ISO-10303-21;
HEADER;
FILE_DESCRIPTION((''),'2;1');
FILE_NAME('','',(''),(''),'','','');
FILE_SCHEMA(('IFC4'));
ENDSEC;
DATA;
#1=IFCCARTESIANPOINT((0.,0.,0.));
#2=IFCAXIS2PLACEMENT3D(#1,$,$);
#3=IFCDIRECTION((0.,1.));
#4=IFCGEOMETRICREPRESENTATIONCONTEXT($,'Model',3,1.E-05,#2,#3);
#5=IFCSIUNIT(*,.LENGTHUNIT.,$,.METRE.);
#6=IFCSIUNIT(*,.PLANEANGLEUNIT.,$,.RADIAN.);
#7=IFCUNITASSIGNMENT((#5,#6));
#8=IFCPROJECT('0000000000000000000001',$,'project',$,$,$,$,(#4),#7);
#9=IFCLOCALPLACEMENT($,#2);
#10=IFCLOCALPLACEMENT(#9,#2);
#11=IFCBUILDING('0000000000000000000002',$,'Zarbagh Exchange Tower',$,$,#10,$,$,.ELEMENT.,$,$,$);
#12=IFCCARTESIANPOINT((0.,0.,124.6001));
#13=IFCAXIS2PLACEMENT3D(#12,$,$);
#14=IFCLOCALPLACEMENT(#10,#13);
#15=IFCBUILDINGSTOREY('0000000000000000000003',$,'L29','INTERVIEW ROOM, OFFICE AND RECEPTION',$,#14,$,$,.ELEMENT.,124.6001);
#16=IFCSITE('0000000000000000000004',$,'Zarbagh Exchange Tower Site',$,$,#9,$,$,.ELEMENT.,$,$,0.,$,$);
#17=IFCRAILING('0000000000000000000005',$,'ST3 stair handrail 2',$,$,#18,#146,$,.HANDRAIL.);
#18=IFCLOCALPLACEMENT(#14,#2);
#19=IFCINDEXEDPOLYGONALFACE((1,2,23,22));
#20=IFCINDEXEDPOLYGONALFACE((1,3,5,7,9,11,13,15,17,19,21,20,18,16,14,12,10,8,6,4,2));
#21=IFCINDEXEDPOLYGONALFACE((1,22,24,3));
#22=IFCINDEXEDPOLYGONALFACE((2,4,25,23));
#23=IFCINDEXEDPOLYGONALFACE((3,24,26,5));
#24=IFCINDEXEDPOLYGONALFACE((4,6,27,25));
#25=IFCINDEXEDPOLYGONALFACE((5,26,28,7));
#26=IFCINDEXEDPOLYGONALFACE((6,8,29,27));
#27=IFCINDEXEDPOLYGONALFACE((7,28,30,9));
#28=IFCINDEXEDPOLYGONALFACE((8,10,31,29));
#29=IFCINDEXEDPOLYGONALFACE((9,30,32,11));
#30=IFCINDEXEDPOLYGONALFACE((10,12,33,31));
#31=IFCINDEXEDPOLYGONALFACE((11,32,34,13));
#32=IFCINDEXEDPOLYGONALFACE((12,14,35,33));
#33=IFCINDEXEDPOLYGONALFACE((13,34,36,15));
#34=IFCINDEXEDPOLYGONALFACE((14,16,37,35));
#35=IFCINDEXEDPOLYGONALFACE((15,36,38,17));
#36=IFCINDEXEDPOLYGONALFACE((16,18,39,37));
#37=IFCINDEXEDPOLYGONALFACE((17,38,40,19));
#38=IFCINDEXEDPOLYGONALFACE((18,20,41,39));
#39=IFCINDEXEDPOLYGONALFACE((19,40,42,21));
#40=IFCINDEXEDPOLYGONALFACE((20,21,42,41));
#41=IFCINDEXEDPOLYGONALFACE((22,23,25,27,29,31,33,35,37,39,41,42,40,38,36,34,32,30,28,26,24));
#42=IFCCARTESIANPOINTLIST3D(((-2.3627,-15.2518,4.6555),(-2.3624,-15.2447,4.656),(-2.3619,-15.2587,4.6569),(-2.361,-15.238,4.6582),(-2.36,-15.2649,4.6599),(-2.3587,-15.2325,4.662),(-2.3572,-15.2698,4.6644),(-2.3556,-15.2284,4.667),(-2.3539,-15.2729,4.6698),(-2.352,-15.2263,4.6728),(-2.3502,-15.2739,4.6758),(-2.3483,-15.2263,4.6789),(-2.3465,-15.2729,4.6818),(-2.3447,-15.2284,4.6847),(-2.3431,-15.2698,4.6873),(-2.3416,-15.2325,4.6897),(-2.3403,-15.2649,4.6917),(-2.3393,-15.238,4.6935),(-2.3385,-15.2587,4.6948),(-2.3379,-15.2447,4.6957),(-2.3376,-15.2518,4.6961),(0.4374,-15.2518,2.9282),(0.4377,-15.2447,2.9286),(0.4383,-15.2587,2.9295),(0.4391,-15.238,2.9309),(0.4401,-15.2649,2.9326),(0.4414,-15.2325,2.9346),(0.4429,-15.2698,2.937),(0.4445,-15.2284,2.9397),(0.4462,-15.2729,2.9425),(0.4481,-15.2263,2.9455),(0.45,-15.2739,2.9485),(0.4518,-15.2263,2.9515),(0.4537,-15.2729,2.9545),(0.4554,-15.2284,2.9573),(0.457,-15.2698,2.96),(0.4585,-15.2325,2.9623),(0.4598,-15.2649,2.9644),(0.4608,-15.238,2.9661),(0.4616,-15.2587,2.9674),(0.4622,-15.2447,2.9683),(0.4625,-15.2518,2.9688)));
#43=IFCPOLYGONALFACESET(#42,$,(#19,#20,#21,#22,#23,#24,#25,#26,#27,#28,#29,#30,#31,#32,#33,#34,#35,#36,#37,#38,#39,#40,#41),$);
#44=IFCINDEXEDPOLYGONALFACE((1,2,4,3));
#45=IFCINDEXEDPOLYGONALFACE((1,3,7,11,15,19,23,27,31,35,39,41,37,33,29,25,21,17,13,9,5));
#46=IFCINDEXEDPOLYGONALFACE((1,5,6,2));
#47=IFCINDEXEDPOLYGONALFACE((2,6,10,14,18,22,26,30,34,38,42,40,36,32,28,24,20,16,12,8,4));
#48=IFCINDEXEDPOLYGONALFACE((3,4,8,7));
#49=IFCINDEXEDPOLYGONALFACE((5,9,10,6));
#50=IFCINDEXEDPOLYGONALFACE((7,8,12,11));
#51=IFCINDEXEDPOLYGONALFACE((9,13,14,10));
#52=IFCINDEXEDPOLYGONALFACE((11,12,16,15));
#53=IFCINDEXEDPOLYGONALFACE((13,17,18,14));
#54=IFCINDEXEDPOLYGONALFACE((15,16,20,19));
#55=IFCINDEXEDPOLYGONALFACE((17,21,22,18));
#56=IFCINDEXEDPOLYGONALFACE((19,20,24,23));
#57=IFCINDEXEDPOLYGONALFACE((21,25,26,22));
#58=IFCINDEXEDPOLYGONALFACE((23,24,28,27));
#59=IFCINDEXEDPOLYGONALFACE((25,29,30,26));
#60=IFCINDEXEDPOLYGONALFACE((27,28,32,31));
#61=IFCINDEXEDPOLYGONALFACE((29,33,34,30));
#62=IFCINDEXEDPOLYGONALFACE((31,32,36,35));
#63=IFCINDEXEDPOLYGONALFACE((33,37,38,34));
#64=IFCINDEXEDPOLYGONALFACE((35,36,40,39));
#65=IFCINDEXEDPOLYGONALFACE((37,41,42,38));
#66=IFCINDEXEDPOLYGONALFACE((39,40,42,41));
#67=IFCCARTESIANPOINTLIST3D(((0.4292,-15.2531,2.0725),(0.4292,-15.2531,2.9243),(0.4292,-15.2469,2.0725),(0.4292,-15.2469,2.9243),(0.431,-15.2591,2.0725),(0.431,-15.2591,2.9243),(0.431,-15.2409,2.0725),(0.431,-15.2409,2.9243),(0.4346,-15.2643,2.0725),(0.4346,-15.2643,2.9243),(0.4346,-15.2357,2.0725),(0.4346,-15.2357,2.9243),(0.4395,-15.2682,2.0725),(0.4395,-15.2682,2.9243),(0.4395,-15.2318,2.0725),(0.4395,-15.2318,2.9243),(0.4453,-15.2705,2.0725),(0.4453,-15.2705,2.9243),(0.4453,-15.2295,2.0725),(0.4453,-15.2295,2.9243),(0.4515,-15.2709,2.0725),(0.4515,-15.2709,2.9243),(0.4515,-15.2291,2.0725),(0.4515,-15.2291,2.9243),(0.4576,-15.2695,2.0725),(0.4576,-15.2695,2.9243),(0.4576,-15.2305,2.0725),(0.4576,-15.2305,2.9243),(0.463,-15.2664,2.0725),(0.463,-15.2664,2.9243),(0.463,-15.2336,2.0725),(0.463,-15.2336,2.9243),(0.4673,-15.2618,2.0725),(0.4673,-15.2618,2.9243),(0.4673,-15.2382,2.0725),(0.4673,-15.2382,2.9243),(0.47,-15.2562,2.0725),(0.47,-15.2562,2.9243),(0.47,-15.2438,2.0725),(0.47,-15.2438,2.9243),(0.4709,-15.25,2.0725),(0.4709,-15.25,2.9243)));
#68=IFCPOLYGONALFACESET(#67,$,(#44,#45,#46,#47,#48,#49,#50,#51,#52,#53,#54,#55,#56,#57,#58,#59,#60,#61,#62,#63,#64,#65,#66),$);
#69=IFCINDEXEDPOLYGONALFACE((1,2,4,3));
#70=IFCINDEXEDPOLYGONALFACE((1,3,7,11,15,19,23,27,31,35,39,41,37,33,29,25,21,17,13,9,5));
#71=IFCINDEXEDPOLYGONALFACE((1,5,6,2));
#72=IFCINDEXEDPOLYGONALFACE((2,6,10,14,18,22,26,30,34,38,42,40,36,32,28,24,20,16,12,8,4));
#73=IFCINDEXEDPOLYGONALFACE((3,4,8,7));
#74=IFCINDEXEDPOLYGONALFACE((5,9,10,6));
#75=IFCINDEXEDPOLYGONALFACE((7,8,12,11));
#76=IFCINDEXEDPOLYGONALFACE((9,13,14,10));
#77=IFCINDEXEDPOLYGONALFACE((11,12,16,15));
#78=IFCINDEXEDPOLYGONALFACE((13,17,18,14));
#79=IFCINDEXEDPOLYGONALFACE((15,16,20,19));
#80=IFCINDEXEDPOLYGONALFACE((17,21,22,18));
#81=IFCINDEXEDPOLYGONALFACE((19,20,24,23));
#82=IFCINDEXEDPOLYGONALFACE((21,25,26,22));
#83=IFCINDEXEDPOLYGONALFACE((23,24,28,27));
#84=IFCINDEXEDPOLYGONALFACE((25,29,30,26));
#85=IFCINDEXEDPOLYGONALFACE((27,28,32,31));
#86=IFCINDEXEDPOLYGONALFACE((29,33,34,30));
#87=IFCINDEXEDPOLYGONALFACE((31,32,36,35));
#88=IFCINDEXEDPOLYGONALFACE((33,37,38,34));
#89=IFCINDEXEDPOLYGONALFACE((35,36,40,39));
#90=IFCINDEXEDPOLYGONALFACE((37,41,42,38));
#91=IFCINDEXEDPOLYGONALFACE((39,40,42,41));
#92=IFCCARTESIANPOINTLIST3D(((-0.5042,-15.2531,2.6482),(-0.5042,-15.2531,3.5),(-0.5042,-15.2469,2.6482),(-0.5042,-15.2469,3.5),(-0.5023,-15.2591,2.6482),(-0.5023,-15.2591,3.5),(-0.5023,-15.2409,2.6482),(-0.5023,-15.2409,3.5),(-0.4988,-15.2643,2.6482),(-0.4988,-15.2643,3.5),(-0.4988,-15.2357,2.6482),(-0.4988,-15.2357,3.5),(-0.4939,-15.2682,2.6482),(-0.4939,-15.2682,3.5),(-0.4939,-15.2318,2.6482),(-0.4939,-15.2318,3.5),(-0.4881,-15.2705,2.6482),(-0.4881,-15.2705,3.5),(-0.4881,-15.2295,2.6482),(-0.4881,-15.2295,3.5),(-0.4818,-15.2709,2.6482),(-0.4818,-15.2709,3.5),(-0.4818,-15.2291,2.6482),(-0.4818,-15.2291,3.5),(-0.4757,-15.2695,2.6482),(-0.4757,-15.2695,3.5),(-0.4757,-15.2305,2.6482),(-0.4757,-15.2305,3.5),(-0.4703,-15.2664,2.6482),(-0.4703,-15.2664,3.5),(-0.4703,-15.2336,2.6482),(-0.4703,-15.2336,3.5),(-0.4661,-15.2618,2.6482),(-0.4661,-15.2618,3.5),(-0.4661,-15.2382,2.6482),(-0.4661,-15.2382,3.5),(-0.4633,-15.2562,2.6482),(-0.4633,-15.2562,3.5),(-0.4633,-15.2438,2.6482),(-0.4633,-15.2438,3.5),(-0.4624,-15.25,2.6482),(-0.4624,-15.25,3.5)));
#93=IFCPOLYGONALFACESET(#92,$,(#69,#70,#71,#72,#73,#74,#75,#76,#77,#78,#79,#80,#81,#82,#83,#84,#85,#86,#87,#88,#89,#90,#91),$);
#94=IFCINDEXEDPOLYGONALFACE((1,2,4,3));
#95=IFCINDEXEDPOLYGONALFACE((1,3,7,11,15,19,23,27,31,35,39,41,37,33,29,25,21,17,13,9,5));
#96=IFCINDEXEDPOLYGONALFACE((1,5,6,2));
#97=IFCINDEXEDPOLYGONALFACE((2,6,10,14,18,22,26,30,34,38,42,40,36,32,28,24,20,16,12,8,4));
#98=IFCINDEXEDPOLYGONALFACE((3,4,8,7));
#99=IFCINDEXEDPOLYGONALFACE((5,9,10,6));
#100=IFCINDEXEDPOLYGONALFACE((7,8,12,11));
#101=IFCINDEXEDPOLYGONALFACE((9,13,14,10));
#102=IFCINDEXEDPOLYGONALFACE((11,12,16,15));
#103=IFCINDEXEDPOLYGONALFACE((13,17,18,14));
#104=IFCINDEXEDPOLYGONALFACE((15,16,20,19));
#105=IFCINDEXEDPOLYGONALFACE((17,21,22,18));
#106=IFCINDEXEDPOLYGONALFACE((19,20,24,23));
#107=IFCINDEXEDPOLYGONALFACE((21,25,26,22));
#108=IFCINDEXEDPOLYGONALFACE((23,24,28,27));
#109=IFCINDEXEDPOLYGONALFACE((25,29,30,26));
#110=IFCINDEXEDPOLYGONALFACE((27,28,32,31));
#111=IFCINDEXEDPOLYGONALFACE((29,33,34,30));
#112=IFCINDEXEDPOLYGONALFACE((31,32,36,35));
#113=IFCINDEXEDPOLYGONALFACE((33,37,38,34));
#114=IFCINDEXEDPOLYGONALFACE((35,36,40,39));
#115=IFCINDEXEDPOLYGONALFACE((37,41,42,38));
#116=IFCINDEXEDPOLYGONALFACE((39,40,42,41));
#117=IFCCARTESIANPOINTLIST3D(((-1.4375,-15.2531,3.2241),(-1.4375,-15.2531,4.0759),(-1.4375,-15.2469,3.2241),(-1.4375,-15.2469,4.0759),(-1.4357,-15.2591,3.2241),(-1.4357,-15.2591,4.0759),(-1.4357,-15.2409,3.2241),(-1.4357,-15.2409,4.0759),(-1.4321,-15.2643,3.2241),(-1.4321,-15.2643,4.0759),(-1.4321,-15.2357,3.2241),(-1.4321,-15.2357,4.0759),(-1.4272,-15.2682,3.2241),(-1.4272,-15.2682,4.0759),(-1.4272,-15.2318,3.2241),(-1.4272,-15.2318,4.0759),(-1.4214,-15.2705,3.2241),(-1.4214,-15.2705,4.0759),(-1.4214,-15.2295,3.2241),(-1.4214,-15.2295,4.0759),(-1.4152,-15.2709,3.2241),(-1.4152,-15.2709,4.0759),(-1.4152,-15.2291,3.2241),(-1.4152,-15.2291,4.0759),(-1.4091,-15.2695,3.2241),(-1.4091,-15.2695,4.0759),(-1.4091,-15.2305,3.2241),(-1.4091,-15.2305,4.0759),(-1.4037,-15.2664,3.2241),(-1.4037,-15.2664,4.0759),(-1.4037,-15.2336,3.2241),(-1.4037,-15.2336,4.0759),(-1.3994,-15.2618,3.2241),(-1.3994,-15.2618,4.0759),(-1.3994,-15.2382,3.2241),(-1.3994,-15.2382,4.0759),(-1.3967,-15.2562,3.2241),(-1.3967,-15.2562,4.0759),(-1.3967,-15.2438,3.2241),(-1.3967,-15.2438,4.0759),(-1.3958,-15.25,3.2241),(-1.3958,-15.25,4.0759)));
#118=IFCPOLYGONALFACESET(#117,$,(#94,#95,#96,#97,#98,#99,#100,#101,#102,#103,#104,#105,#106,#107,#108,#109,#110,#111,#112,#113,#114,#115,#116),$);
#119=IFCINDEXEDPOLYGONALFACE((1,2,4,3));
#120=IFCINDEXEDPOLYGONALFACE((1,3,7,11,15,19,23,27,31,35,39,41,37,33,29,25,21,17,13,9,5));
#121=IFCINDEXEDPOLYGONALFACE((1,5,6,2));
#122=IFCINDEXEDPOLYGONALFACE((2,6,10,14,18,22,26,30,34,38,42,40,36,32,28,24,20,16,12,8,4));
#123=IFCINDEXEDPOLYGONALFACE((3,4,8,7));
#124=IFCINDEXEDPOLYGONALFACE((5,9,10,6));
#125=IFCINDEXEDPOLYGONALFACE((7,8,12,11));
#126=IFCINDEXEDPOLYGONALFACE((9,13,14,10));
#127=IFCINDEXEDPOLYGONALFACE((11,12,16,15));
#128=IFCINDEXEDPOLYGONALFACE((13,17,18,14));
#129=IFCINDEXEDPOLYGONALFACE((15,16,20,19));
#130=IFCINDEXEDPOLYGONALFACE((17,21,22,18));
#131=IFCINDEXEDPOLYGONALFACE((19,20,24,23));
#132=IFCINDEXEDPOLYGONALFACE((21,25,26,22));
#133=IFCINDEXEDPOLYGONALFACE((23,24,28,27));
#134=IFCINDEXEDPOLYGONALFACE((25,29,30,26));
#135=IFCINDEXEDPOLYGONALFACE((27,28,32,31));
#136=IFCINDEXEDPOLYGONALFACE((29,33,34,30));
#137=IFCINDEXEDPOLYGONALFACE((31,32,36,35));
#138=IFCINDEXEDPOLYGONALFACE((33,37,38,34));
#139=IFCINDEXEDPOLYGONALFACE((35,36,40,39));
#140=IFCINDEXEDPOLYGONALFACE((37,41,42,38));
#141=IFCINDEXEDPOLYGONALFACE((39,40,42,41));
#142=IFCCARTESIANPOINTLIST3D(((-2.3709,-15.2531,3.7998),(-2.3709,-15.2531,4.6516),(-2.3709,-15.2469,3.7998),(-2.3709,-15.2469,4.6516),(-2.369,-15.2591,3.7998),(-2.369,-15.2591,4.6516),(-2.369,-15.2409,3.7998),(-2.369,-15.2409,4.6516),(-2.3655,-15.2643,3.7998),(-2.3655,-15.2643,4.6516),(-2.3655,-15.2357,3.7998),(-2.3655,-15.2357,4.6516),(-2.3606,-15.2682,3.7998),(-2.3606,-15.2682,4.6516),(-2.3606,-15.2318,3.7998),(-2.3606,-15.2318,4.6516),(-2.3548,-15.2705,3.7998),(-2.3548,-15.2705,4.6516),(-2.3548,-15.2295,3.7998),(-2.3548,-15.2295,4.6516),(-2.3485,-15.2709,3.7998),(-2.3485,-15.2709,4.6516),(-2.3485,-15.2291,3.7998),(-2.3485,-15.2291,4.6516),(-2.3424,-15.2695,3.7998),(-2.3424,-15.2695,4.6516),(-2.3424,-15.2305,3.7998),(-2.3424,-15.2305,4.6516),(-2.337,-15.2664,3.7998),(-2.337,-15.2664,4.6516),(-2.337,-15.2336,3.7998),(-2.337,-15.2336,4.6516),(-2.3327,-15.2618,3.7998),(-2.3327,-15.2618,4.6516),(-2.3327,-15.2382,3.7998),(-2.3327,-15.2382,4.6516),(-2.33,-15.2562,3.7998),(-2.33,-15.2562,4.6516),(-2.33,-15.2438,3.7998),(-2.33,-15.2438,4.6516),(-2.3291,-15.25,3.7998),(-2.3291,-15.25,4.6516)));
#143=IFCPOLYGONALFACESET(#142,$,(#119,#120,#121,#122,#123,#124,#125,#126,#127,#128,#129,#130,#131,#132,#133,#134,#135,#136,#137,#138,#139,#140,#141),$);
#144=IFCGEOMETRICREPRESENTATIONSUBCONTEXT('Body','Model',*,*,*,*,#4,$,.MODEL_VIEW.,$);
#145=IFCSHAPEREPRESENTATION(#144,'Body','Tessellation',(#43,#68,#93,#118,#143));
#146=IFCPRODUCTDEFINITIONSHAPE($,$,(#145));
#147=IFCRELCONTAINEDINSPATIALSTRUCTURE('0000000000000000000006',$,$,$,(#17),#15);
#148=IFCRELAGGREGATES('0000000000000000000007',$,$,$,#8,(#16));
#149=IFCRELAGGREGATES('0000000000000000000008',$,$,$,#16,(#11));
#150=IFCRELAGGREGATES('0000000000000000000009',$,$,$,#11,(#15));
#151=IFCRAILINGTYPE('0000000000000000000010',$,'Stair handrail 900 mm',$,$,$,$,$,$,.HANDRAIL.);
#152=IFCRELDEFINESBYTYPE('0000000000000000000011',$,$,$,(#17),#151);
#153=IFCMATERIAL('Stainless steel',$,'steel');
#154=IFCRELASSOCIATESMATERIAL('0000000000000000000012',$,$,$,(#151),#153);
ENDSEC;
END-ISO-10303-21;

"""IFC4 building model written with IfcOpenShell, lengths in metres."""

from ifc_helpers import new_model, si_unit, direction, frame, origin, origin_2d, place, context, subcontext, project, spatial, circle, extrude, material, type_object, element, save


model = new_model("IFC4")

# Units and contexts
model_context = context("Model", 3, precision=1e-05, world=origin(), true_north=direction((0.0, 1.0)))
body_context = subcontext(model_context, "Body", "Model", "MODEL_VIEW")
ifc_project = project(units=[si_unit("LENGTHUNIT", "METRE"), si_unit("PLANEANGLEUNIT", "RADIAN")], contexts=[model_context])

# Site, building, storey
site_placement = place(None, origin())
site = spatial("IfcSite", under=ifc_project, at=site_placement, Name="Zarbagh Exchange Tower Site", CompositionType="ELEMENT", RefElevation=0.0)
building_placement = place(site_placement, origin())
building = spatial("IfcBuilding", under=site, at=building_placement, Name="Zarbagh Exchange Tower", CompositionType="ELEMENT")
storey_placement = place(building_placement, frame((0.0, 0.0, 124.6001)))
storey = spatial("IfcBuildingStorey", under=building, at=storey_placement, Name="L29", Description="INTERVIEW ROOM, OFFICE AND RECEPTION", CompositionType="ELEMENT", Elevation=124.6001)

# Railing
ifc_material_1 = material(Name="Stainless steel", Category="steel")
railing_type_1 = type_object("IfcRailingType", Name="Stair handrail 900 mm", PredefinedType="HANDRAIL", material=ifc_material_1)
for number, where, name in (
    (1, (0.45, -15.25, 2.0725), "ST3 stair handrail 2"),
):
    element("IfcRailing", number, at=place(storey_placement, frame(where)), inside=storey, type_object=railing_type_1, Name=name, PredefinedType="HANDRAIL", context=body_context, shape_type="SweptSolid", body=[
        extrude(circle(Radius=0.0239, at=origin_2d()), frame((0.0, 0.0, 0.876), z_axis=(-0.85109, 0.0, 0.52502), x_axis=(0.0, -1.0, 0.0)), (0.0, 0.0, 1.0), 3.29),
        extrude(circle(Radius=0.021, at=origin_2d()), origin(), (0.0, 0.0, 1.0), 0.8518),
        extrude(circle(Radius=0.021, at=origin_2d()), frame((-0.9333, 0.0, 0.5757)), (0.0, 0.0, 1.0), 0.8518),
        extrude(circle(Radius=0.021, at=origin_2d()), frame((-1.8667, 0.0, 1.1516)), (0.0, 0.0, 1.0), 0.8518),
        extrude(circle(Radius=0.021, at=origin_2d()), frame((-2.8, 0.0, 1.7273)), (0.0, 0.0, 1.0), 0.8518),
    ])

save(model, "model.ifc")
